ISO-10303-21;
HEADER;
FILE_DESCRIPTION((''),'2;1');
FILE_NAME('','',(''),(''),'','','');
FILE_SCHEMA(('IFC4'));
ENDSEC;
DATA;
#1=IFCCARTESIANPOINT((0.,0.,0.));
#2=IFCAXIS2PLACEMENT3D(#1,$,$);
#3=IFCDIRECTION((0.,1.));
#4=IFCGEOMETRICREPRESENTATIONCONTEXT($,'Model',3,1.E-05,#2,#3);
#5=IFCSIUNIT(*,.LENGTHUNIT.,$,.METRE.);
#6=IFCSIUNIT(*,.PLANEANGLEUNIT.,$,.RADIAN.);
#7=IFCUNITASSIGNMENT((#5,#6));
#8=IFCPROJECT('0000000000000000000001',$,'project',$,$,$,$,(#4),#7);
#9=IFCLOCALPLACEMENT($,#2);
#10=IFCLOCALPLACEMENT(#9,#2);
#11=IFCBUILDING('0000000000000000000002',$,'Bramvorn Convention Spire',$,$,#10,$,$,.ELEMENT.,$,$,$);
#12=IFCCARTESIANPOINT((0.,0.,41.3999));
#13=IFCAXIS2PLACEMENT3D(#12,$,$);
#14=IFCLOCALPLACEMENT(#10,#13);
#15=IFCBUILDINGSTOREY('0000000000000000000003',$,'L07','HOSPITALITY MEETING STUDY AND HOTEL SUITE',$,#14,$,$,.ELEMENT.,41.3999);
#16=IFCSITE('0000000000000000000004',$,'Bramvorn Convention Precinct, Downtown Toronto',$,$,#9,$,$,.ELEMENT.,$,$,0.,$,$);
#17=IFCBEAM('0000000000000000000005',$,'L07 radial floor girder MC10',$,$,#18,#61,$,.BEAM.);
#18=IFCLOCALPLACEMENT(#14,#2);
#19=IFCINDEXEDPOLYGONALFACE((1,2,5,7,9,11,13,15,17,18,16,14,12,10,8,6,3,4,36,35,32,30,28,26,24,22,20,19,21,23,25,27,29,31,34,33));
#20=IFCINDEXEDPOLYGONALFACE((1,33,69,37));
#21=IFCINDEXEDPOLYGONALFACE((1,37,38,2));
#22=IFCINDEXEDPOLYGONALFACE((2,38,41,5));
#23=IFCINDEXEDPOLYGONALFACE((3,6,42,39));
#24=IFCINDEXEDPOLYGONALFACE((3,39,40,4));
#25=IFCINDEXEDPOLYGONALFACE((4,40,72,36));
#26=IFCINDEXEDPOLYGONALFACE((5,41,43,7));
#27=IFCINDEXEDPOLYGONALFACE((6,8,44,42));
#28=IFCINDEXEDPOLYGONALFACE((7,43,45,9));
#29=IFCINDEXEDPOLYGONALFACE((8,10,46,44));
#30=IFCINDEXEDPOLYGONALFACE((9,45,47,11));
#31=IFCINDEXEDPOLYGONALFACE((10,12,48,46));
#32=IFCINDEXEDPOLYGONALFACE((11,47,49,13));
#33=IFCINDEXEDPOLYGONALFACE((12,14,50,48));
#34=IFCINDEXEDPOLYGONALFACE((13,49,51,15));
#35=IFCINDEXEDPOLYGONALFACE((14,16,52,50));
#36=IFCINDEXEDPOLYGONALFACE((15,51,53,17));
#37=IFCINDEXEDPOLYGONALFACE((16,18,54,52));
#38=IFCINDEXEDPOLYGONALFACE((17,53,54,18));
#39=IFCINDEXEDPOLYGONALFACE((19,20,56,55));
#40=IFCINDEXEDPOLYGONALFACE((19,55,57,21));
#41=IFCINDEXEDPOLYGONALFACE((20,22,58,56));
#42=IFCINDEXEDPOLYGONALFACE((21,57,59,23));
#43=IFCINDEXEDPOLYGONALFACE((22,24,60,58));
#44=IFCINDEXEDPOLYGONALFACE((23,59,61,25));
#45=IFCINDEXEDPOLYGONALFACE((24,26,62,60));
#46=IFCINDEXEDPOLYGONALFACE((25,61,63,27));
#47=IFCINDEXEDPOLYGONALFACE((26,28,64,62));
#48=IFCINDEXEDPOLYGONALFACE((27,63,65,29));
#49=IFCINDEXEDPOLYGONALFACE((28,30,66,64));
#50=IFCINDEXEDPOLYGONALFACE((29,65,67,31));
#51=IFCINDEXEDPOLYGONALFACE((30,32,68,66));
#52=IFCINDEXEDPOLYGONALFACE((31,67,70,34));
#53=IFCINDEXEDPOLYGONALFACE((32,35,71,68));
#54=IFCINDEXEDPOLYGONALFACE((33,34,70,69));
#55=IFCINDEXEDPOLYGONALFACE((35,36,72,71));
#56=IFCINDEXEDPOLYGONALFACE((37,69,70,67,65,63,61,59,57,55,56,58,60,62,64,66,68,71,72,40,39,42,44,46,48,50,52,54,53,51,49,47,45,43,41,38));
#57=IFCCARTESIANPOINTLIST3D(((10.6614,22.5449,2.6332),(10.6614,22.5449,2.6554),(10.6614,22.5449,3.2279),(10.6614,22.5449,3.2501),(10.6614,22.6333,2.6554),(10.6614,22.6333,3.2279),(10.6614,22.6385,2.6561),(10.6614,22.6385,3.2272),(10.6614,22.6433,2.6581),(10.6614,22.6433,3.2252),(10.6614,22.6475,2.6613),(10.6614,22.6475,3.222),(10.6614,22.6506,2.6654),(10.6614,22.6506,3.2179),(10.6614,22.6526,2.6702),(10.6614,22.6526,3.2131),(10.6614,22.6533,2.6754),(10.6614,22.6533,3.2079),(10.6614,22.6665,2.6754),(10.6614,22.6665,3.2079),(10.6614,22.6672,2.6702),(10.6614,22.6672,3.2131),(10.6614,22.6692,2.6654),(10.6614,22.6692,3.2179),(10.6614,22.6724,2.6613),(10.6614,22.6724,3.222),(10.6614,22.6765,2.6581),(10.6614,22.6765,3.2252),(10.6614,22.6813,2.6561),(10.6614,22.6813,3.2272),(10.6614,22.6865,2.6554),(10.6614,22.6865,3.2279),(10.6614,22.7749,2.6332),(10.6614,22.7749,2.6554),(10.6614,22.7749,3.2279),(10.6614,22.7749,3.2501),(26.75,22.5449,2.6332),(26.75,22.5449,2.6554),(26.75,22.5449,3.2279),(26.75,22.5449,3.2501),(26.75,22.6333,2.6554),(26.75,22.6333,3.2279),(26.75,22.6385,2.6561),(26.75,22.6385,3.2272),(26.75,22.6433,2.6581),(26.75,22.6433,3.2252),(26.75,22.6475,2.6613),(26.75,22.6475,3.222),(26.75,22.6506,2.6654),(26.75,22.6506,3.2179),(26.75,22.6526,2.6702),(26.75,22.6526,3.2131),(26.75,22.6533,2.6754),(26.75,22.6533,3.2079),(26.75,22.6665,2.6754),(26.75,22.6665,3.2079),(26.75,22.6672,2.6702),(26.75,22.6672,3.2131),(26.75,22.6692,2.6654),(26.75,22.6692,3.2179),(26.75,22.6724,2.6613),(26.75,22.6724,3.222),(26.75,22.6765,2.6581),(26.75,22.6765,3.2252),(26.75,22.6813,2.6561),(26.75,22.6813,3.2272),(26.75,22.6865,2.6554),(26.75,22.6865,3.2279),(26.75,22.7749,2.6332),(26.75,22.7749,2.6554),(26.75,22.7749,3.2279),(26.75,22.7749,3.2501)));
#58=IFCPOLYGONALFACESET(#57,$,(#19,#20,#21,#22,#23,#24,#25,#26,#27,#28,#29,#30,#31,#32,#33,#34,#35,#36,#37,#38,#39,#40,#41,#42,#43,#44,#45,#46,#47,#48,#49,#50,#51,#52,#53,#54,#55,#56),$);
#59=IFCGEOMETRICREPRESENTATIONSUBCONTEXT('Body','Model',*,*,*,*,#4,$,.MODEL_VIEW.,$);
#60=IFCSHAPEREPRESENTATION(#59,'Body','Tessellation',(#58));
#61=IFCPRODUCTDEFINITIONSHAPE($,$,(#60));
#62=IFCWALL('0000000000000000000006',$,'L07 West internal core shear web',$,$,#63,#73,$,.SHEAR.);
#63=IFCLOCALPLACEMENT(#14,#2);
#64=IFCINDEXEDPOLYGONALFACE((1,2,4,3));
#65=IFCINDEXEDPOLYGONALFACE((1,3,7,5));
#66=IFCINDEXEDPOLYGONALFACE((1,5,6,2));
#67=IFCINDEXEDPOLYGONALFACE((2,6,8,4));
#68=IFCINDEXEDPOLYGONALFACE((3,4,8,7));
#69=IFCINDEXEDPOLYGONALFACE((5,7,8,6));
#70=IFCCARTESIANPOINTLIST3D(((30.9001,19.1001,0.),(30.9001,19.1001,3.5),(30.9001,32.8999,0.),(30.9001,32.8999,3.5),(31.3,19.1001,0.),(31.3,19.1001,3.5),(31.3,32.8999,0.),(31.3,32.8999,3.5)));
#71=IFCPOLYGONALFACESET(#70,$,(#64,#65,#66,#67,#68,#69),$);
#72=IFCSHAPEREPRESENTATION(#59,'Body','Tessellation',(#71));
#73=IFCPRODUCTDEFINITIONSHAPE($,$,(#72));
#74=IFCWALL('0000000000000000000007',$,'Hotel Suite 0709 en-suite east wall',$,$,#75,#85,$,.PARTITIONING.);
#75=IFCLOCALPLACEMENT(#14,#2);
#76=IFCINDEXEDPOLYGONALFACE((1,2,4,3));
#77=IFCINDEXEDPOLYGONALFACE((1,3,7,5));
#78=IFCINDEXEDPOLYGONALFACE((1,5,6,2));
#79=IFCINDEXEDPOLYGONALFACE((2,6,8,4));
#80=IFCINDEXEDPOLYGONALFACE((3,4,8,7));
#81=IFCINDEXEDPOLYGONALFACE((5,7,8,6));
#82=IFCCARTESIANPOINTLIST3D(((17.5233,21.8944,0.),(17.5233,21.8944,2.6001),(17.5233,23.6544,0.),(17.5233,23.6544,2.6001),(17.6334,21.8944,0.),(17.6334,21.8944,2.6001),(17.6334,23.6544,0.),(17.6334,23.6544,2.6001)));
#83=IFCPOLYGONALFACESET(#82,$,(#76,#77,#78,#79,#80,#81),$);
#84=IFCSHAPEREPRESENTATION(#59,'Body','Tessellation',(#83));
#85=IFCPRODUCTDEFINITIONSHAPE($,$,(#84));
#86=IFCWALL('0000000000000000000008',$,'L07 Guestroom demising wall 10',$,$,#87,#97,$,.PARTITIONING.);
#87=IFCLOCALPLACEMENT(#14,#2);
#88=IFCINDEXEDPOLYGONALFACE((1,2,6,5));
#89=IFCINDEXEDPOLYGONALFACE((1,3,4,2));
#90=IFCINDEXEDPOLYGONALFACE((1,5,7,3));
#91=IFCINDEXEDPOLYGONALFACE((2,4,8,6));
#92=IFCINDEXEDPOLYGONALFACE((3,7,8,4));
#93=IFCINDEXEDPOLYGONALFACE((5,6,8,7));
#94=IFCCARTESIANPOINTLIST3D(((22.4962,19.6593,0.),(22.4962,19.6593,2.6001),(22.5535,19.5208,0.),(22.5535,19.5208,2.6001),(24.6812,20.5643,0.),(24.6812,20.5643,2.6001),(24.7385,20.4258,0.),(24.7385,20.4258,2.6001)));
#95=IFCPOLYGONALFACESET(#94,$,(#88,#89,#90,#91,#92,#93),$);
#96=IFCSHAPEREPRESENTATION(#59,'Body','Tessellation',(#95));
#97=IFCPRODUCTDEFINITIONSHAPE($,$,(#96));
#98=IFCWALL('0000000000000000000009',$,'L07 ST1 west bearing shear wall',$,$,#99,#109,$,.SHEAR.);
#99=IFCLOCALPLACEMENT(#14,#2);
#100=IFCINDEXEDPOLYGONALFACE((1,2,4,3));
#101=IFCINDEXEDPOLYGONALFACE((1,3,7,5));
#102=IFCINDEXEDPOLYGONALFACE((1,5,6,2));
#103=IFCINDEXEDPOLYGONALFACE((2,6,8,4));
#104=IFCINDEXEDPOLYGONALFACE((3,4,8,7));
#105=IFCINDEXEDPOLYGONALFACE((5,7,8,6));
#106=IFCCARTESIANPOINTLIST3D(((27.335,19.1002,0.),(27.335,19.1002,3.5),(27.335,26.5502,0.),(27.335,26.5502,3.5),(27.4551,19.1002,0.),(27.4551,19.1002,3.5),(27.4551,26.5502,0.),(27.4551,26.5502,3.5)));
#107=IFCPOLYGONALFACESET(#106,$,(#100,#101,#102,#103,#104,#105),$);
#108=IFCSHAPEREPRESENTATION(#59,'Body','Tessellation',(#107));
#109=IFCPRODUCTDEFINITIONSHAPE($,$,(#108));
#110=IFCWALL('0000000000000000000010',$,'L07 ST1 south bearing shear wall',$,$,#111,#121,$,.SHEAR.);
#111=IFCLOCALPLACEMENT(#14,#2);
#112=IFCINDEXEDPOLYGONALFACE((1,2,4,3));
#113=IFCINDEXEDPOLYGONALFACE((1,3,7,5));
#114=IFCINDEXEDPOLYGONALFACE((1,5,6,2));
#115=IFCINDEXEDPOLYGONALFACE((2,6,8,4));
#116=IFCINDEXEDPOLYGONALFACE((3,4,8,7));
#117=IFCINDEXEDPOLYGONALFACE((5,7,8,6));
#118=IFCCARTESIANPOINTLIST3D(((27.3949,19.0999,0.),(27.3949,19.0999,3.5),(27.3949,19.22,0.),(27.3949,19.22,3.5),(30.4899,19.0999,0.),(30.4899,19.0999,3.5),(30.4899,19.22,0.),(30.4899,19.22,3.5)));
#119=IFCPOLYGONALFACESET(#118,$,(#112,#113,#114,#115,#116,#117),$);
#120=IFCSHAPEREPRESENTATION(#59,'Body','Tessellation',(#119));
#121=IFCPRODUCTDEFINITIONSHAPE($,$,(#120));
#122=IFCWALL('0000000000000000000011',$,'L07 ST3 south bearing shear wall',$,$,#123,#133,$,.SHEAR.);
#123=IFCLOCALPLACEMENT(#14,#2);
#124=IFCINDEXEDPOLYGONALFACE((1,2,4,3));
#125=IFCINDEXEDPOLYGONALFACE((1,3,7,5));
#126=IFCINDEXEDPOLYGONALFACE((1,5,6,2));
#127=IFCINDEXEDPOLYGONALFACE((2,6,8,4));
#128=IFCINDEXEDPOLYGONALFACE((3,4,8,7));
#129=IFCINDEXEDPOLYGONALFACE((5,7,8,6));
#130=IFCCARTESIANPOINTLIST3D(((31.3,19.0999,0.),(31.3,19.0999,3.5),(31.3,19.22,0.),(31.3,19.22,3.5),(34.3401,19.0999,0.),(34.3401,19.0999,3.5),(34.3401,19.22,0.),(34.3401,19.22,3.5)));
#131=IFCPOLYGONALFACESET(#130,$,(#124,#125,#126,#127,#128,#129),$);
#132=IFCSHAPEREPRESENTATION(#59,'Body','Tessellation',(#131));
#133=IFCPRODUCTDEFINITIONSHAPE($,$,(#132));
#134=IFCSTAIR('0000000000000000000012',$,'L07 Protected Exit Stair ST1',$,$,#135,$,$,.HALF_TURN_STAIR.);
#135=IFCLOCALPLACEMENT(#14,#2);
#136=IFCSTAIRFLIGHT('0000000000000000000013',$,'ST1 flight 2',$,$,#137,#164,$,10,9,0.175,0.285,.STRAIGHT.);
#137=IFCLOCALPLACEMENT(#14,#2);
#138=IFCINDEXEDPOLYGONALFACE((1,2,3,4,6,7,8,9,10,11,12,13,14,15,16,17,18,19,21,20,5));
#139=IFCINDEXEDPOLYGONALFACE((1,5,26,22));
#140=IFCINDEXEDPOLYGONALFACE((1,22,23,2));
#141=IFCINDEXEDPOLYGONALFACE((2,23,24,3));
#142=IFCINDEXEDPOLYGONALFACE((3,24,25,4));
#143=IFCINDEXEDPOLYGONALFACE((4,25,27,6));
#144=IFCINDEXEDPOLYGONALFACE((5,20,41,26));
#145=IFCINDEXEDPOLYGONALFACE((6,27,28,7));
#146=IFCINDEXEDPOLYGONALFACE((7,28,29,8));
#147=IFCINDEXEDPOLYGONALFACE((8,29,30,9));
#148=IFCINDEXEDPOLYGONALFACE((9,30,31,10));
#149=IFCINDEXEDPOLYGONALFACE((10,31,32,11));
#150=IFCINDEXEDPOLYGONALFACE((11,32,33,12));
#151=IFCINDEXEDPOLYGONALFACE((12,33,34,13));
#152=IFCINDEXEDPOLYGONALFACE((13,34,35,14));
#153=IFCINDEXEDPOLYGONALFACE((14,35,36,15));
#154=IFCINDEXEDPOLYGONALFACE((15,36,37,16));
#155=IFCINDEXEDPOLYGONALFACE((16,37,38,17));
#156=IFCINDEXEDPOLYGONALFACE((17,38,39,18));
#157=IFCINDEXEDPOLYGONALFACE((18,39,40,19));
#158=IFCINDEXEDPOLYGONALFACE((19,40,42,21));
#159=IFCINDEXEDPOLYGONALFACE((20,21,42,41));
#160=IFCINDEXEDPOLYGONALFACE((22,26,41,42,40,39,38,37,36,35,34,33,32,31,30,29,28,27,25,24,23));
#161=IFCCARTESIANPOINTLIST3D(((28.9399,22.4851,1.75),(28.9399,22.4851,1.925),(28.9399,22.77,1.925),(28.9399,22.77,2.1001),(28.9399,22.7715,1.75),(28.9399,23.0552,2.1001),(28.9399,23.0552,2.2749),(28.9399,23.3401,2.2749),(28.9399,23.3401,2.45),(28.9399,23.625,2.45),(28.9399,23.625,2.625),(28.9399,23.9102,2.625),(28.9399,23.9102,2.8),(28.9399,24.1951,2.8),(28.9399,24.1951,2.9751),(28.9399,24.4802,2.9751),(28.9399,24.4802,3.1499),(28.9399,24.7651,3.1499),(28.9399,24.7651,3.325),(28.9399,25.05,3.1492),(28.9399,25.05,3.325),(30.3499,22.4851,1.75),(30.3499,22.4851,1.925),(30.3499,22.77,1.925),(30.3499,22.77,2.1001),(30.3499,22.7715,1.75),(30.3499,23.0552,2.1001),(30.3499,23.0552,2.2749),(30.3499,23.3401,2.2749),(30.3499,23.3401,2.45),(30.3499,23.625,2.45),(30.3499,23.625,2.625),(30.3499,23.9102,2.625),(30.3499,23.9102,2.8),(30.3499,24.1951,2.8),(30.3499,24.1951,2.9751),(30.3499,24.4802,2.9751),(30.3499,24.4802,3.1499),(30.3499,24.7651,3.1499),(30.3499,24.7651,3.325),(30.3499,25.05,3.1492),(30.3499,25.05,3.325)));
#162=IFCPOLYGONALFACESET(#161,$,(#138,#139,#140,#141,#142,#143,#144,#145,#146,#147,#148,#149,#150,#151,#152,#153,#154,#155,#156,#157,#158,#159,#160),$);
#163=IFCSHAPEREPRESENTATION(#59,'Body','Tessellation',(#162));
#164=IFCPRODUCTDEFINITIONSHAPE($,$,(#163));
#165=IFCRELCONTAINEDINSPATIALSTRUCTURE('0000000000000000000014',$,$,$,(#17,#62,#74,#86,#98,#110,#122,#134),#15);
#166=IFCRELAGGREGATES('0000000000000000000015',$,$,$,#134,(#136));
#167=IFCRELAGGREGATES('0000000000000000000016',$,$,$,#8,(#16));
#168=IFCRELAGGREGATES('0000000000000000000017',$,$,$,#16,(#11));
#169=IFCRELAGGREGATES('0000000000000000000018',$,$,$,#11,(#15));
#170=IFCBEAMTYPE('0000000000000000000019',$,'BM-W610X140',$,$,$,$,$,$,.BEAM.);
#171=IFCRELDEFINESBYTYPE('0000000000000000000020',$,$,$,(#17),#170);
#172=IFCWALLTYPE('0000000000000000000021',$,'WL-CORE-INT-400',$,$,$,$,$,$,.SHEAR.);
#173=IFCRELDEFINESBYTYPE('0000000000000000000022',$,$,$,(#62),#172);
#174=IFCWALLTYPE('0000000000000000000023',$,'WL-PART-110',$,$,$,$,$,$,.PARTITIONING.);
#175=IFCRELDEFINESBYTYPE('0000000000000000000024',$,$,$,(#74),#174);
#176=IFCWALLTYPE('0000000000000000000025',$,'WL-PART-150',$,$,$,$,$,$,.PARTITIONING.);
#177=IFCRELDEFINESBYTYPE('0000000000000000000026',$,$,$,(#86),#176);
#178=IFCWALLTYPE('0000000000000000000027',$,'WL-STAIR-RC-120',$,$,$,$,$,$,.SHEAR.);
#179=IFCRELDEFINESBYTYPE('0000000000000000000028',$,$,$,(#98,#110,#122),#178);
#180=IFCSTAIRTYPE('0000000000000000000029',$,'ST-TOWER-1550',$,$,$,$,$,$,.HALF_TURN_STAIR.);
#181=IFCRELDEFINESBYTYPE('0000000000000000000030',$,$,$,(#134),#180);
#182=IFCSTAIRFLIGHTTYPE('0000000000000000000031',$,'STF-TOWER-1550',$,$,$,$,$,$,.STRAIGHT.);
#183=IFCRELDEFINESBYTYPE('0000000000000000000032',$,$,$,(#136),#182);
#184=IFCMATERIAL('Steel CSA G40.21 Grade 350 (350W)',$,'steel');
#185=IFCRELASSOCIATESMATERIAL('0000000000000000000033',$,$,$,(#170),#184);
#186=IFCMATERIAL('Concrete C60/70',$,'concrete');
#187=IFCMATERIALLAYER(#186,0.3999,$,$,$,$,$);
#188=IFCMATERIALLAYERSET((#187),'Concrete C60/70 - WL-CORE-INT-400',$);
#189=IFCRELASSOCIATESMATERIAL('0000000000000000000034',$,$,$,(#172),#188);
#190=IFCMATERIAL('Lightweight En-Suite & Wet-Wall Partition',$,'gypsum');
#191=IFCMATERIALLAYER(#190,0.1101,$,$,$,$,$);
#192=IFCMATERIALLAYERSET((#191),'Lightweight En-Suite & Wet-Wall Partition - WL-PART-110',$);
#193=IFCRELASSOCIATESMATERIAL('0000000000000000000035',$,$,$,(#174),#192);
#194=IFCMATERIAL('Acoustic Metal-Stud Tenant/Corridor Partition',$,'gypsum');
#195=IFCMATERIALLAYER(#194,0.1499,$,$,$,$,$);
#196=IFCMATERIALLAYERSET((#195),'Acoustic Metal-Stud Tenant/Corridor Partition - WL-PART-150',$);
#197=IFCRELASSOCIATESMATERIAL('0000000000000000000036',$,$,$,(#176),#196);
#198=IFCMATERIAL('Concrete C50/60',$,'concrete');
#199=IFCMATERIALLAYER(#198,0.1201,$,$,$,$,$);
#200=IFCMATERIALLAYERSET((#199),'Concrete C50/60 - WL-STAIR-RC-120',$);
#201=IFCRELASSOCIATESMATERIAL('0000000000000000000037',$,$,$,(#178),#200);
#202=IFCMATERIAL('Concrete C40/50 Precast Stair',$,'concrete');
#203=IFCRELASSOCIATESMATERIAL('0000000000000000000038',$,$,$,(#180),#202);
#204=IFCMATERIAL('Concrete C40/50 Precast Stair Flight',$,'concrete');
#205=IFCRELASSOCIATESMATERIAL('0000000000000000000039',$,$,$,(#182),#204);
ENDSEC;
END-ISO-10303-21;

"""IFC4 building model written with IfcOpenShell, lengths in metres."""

from ifc_helpers import new_model, si_unit, direction, frame, frame_2d, origin, origin_2d, place, context, subcontext, project, spatial, polyline, rectangle, i_section, outline, extrude, material, layer, layer_set, material_profile, profile_set, type_object, element, aggregate, save


model = new_model("IFC4")

# Units and contexts
model_context = context("Model", 3, precision=1e-05, world=origin(), true_north=direction((0.0, 1.0)))
body_context = subcontext(model_context, "Body", "Model", "MODEL_VIEW")
ifc_project = project(units=[si_unit("LENGTHUNIT", "METRE"), si_unit("PLANEANGLEUNIT", "RADIAN")], contexts=[model_context])

# Site, building, storey
site_placement = place(None, origin())
site = spatial("IfcSite", under=ifc_project, at=site_placement, Name="Bramvorn Convention Precinct, Downtown Toronto", CompositionType="ELEMENT", RefElevation=0.0)
building_placement = place(site_placement, origin())
building = spatial("IfcBuilding", under=site, at=building_placement, Name="Bramvorn Convention Spire", CompositionType="ELEMENT")
storey_placement = place(building_placement, frame((0.0, 0.0, 41.3999)))
storey = spatial("IfcBuildingStorey", under=building, at=storey_placement, Name="L07", Description="HOSPITALITY MEETING STUDY AND HOTEL SUITE", CompositionType="ELEMENT", Elevation=41.3999)

# Beam
ifc_material_1 = material(Name="Steel CSA G40.21 Grade 350 (350W)", Category="steel")
ifc_material_profile = material_profile(ifc_material_1, i_section(OverallWidth=0.23, OverallDepth=0.6169, WebThickness=0.0132, FlangeThickness=0.0222, FilletRadius=0.02, at=origin_2d()))
ifc_profile_set = profile_set([ifc_material_profile], Name="Steel CSA G40.21 Grade 350 (350W) - W610X140")
beam_type = type_object("IfcBeamType", Name="BM-W610X140", PredefinedType="BEAM", material=ifc_profile_set)
beam_placement = place(storey_placement, frame((26.75, 22.6599, 2.9417), z_axis=(-1.0, 0.0, 0.0), x_axis=(0.0, -1.0, 0.0)))
element("IfcBeam", 1, at=beam_placement, inside=storey, type_object=beam_type, Name="L07 radial floor girder MC10", PredefinedType="BEAM", context=body_context, shape_type="SweptSolid", body=[
    extrude(i_section(OverallWidth=0.23, OverallDepth=0.6169, WebThickness=0.0132, FlangeThickness=0.0222, FilletRadius=0.02, at=origin_2d()), origin(), (0.0, 0.0, 1.0), 16.0886),
])

# Shared definitions
ifc_material_2 = material(Name="Concrete C60/70", Category="concrete")

# Walls
ifc_layer_1 = layer(ifc_material_2, 0.3999)
ifc_layer_set_1 = layer_set([ifc_layer_1], Name="Concrete C60/70 - WL-CORE-INT-400")
wall_type_1 = type_object("IfcWallType", Name="WL-CORE-INT-400", PredefinedType="SHEAR", material=ifc_layer_set_1)
wall_1_placement = place(storey_placement, frame((31.1001, 19.1001, 0.0), z_axis=(0.0, 0.0, 1.0), x_axis=(0.0, 1.0, 0.0)))
element("IfcWall", 2, at=wall_1_placement, inside=storey, type_object=wall_type_1, Name="L07 West internal core shear web", PredefinedType="SHEAR", context=body_context, shape_type="SweptSolid", body=[
    extrude(rectangle(XDim=13.7998, YDim=0.3999, at=frame_2d((6.8999, 0.0))), origin(), (0.0, 0.0, 1.0), 3.5),
])
ifc_material_3 = material(Name="Lightweight En-Suite & Wet-Wall Partition", Category="gypsum")
ifc_layer_2 = layer(ifc_material_3, 0.1101)
ifc_layer_set_2 = layer_set([ifc_layer_2], Name="Lightweight En-Suite & Wet-Wall Partition - WL-PART-110")
wall_type_2 = type_object("IfcWallType", Name="WL-PART-110", PredefinedType="PARTITIONING", material=ifc_layer_set_2)
wall_2_placement = place(storey_placement, frame((17.5784, 21.8945, 0.0), z_axis=(0.0, 0.0, 1.0), x_axis=(0.0, 1.0, 0.0)))
element("IfcWall", 3, at=wall_2_placement, inside=storey, type_object=wall_type_2, Name="Hotel Suite 0709 en-suite east wall", PredefinedType="PARTITIONING", context=body_context, shape_type="SweptSolid", body=[
    extrude(rectangle(XDim=1.76, YDim=0.1101, at=frame_2d((0.8799, 0.0))), origin(), (0.0, 0.0, 1.0), 2.6001),
])

# Shared definitions
ifc_material_4 = material(Name="Acoustic Metal-Stud Tenant/Corridor Partition", Category="gypsum")
ifc_layer_3 = layer(ifc_material_4, 0.1499)
ifc_layer_set_3 = layer_set([ifc_layer_3], Name="Acoustic Metal-Stud Tenant/Corridor Partition - WL-PART-150")
wall_type_3 = type_object("IfcWallType", Name="WL-PART-150", PredefinedType="PARTITIONING", material=ifc_layer_set_3)

# Walls
wall_3_placement = place(storey_placement, frame((24.71, 20.4951, 0.0), z_axis=(0.0, 0.0, 1.0), x_axis=(-0.923887, -0.382665, 0.0)))
element("IfcWall", 4, at=wall_3_placement, inside=storey, type_object=wall_type_3, Name="L07 Guestroom demising wall 10", PredefinedType="PARTITIONING", context=body_context, shape_type="SweptSolid", body=[
    extrude(rectangle(XDim=2.365, YDim=0.1499, at=frame_2d((1.1826, 0.0))), origin(), (0.0, 0.0, 1.0), 2.6001),
])
ifc_material_5 = material(Name="Concrete C50/60", Category="concrete")
ifc_layer_4 = layer(ifc_material_5, 0.1201)
ifc_layer_set_4 = layer_set([ifc_layer_4], Name="Concrete C50/60 - WL-STAIR-RC-120")
wall_type_4 = type_object("IfcWallType", Name="WL-STAIR-RC-120", PredefinedType="SHEAR", material=ifc_layer_set_4)
wall_4_placement = place(storey_placement, frame((27.395, 19.1001, 0.0), z_axis=(0.0, 0.0, 1.0), x_axis=(0.0, 1.0, 0.0)))
element("IfcWall", 5, at=wall_4_placement, inside=storey, type_object=wall_type_4, Name="L07 ST1 west bearing shear wall", PredefinedType="SHEAR", context=body_context, shape_type="SweptSolid", body=[
    extrude(rectangle(XDim=7.45, YDim=0.1201, at=frame_2d((3.7251, 0.0))), origin(), (0.0, 0.0, 1.0), 3.5),
])
wall_5_placement = place(storey_placement, frame((27.395, 19.1599, 0.0), z_axis=(0.0, 0.0, 1.0), x_axis=(1.0, 0.0, 0.0)))
element("IfcWall", 6, at=wall_5_placement, inside=storey, type_object=wall_type_4, Name="L07 ST1 south bearing shear wall", PredefinedType="SHEAR", context=body_context, shape_type="SweptSolid", body=[
    extrude(rectangle(XDim=3.095, YDim=0.1201, at=frame_2d((1.5474, 0.0))), origin(), (0.0, 0.0, 1.0), 3.5),
])
wall_6_placement = place(storey_placement, frame((31.3, 19.1599, 0.0), z_axis=(0.0, 0.0, 1.0), x_axis=(1.0, 0.0, 0.0)))
element("IfcWall", 7, at=wall_6_placement, inside=storey, type_object=wall_type_4, Name="L07 ST3 south bearing shear wall", PredefinedType="SHEAR", context=body_context, shape_type="SweptSolid", body=[
    extrude(rectangle(XDim=3.04, YDim=0.1201, at=frame_2d((1.52, 0.0))), origin(), (0.0, 0.0, 1.0), 3.5),
])

# Stair, stair flight
ifc_material_6 = material(Name="Concrete C40/50 Precast Stair", Category="concrete")
stair_type = type_object("IfcStairType", Name="ST-TOWER-1550", PredefinedType="HALF_TURN_STAIR", material=ifc_material_6)
stair_1_placement = place(storey_placement, origin())
stair_1 = element("IfcStair", 8, at=stair_1_placement, inside=storey, type_object=stair_type, Name="L07 Protected Exit Stair ST1", PredefinedType="HALF_TURN_STAIR")
ifc_material_7 = material(Name="Concrete C40/50 Precast Stair Flight", Category="concrete")
stair_flight_type = type_object("IfcStairFlightType", Name="STF-TOWER-1550", PredefinedType="STRAIGHT", material=ifc_material_7)
stair_flight_1_placement = place(storey_placement, frame((29.645, 22.4851, 1.75), z_axis=(0.0, 0.0, 1.0), x_axis=(0.0, 1.0, 0.0)))
stair_flight_1 = element("IfcStairFlight", 9, at=stair_flight_1_placement, type_object=stair_flight_type, Name="ST1 flight 2", NumberOfRisers=10, NumberOfTreads=9, PredefinedType="STRAIGHT", RiserHeight=0.175, TreadLength=0.285, context=body_context, shape_type="SweptSolid", body=[
    extrude(outline(polyline([(0.0, 0.0), (0.0, 0.175), (0.2849, 0.175), (0.2849, 0.3501), (0.5701, 0.3501), (0.5701, 0.5249), (0.855, 0.5249), (0.855, 0.7), (1.1399, 0.7), (1.1399, 0.875), (1.425, 0.875), (1.425, 1.05), (1.71, 1.05), (1.71, 1.2251), (1.9951, 1.2251), (1.9951, 1.3999), (2.28, 1.3999), (2.28, 1.575), (2.5649, 1.575), (2.5649, 1.75), (2.5649, 1.3992), (0.2864, 0.0), (0.0, 0.0)])), frame((0.0, 0.7051, 0.0), z_axis=(0.0, -1.0, 0.0), x_axis=(1.0, 0.0, 0.0)), (0.0, 0.0, 1.0), 1.4099),
])
aggregate(stair_1, [stair_flight_1])

save(model, "model.ifc")
